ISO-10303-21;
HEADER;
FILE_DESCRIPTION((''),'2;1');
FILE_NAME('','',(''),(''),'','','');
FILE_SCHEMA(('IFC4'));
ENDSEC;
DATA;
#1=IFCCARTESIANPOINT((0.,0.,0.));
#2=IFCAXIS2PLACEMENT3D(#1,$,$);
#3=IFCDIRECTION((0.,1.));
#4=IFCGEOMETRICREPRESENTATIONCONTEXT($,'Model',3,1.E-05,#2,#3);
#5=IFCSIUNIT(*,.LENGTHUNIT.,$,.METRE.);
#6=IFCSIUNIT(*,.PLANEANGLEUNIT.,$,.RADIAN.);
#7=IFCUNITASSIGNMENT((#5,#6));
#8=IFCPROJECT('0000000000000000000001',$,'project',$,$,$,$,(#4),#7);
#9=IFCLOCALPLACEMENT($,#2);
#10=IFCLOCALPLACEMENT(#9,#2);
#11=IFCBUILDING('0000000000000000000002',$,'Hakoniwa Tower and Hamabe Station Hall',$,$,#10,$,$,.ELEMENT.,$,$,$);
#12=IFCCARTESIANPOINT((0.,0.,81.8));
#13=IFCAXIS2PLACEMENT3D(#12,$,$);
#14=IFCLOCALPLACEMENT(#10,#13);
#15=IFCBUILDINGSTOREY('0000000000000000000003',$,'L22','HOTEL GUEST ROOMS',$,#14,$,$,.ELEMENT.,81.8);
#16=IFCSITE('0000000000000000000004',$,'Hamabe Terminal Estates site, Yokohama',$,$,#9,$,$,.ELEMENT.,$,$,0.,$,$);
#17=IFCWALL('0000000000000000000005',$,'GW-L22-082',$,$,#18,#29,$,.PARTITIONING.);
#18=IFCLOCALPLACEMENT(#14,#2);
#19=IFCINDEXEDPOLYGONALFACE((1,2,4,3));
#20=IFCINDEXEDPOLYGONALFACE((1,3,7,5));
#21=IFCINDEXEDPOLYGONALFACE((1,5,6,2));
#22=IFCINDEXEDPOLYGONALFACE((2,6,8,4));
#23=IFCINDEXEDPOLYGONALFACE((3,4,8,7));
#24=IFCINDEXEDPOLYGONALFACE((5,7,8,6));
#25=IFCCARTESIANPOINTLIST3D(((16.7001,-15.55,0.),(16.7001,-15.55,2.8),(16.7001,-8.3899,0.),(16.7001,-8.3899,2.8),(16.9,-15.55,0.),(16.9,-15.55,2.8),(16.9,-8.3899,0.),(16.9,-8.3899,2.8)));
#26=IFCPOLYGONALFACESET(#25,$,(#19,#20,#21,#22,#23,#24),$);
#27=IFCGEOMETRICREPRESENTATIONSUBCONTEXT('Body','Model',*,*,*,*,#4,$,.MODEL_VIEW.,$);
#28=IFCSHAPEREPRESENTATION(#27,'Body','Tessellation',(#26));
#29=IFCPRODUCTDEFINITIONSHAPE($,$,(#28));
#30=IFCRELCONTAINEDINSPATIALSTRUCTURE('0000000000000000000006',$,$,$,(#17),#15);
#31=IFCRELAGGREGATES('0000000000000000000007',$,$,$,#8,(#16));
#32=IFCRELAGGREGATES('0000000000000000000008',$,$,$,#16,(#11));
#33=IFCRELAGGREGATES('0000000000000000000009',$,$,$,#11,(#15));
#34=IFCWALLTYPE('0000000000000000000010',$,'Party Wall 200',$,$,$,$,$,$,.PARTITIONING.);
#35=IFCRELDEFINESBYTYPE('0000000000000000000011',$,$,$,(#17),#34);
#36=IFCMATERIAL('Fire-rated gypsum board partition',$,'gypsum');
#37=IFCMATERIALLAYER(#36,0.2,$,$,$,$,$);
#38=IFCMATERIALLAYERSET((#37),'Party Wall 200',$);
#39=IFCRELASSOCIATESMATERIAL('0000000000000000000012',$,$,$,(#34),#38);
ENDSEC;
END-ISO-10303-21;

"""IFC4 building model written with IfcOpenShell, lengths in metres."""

from ifc_helpers import new_model, si_unit, direction, frame, frame_2d, origin, place, context, subcontext, project, spatial, rectangle, extrude, material, layer, layer_set, type_object, element, save


model = new_model("IFC4")

# Units and contexts
model_context = context("Model", 3, precision=1e-05, world=origin(), true_north=direction((0.0, 1.0)))
body_context = subcontext(model_context, "Body", "Model", "MODEL_VIEW")
ifc_project = project(units=[si_unit("LENGTHUNIT", "METRE"), si_unit("PLANEANGLEUNIT", "RADIAN")], contexts=[model_context])

# Site, building, storey
site_placement = place(None, origin())
site = spatial("IfcSite", under=ifc_project, at=site_placement, Name="Hamabe Terminal Estates site, Yokohama", CompositionType="ELEMENT", RefElevation=0.0)
building_placement = place(site_placement, origin())
building = spatial("IfcBuilding", under=site, at=building_placement, Name="Hakoniwa Tower and Hamabe Station Hall", CompositionType="ELEMENT")
storey_placement = place(building_placement, frame((0.0, 0.0, 81.8)))
storey = spatial("IfcBuildingStorey", under=building, at=storey_placement, Name="L22", Description="HOTEL GUEST ROOMS", CompositionType="ELEMENT", Elevation=81.8)

# Wall
ifc_material_1 = material(Name="Fire-rated gypsum board partition", Category="gypsum")
ifc_layer_1 = layer(ifc_material_1, 0.2)
ifc_layer_set_1 = layer_set([ifc_layer_1], Name="Party Wall 200")
wall_type_1 = type_object("IfcWallType", Name="Party Wall 200", PredefinedType="PARTITIONING", material=ifc_layer_set_1)
wall_1_placement = place(storey_placement, frame((16.8, -15.55, 0.0), z_axis=(0.0, 0.0, 1.0), x_axis=(0.0, 1.0, 0.0)))
element("IfcWall", 1, at=wall_1_placement, inside=storey, type_object=wall_type_1, Name="GW-L22-082", PredefinedType="PARTITIONING", context=body_context, shape_type="SweptSolid", body=[
    extrude(rectangle(XDim=7.1602, YDim=0.2, at=frame_2d((3.5801, 0.0))), origin(), (0.0, 0.0, 1.0), 2.8),
])

save(model, "model.ifc")
